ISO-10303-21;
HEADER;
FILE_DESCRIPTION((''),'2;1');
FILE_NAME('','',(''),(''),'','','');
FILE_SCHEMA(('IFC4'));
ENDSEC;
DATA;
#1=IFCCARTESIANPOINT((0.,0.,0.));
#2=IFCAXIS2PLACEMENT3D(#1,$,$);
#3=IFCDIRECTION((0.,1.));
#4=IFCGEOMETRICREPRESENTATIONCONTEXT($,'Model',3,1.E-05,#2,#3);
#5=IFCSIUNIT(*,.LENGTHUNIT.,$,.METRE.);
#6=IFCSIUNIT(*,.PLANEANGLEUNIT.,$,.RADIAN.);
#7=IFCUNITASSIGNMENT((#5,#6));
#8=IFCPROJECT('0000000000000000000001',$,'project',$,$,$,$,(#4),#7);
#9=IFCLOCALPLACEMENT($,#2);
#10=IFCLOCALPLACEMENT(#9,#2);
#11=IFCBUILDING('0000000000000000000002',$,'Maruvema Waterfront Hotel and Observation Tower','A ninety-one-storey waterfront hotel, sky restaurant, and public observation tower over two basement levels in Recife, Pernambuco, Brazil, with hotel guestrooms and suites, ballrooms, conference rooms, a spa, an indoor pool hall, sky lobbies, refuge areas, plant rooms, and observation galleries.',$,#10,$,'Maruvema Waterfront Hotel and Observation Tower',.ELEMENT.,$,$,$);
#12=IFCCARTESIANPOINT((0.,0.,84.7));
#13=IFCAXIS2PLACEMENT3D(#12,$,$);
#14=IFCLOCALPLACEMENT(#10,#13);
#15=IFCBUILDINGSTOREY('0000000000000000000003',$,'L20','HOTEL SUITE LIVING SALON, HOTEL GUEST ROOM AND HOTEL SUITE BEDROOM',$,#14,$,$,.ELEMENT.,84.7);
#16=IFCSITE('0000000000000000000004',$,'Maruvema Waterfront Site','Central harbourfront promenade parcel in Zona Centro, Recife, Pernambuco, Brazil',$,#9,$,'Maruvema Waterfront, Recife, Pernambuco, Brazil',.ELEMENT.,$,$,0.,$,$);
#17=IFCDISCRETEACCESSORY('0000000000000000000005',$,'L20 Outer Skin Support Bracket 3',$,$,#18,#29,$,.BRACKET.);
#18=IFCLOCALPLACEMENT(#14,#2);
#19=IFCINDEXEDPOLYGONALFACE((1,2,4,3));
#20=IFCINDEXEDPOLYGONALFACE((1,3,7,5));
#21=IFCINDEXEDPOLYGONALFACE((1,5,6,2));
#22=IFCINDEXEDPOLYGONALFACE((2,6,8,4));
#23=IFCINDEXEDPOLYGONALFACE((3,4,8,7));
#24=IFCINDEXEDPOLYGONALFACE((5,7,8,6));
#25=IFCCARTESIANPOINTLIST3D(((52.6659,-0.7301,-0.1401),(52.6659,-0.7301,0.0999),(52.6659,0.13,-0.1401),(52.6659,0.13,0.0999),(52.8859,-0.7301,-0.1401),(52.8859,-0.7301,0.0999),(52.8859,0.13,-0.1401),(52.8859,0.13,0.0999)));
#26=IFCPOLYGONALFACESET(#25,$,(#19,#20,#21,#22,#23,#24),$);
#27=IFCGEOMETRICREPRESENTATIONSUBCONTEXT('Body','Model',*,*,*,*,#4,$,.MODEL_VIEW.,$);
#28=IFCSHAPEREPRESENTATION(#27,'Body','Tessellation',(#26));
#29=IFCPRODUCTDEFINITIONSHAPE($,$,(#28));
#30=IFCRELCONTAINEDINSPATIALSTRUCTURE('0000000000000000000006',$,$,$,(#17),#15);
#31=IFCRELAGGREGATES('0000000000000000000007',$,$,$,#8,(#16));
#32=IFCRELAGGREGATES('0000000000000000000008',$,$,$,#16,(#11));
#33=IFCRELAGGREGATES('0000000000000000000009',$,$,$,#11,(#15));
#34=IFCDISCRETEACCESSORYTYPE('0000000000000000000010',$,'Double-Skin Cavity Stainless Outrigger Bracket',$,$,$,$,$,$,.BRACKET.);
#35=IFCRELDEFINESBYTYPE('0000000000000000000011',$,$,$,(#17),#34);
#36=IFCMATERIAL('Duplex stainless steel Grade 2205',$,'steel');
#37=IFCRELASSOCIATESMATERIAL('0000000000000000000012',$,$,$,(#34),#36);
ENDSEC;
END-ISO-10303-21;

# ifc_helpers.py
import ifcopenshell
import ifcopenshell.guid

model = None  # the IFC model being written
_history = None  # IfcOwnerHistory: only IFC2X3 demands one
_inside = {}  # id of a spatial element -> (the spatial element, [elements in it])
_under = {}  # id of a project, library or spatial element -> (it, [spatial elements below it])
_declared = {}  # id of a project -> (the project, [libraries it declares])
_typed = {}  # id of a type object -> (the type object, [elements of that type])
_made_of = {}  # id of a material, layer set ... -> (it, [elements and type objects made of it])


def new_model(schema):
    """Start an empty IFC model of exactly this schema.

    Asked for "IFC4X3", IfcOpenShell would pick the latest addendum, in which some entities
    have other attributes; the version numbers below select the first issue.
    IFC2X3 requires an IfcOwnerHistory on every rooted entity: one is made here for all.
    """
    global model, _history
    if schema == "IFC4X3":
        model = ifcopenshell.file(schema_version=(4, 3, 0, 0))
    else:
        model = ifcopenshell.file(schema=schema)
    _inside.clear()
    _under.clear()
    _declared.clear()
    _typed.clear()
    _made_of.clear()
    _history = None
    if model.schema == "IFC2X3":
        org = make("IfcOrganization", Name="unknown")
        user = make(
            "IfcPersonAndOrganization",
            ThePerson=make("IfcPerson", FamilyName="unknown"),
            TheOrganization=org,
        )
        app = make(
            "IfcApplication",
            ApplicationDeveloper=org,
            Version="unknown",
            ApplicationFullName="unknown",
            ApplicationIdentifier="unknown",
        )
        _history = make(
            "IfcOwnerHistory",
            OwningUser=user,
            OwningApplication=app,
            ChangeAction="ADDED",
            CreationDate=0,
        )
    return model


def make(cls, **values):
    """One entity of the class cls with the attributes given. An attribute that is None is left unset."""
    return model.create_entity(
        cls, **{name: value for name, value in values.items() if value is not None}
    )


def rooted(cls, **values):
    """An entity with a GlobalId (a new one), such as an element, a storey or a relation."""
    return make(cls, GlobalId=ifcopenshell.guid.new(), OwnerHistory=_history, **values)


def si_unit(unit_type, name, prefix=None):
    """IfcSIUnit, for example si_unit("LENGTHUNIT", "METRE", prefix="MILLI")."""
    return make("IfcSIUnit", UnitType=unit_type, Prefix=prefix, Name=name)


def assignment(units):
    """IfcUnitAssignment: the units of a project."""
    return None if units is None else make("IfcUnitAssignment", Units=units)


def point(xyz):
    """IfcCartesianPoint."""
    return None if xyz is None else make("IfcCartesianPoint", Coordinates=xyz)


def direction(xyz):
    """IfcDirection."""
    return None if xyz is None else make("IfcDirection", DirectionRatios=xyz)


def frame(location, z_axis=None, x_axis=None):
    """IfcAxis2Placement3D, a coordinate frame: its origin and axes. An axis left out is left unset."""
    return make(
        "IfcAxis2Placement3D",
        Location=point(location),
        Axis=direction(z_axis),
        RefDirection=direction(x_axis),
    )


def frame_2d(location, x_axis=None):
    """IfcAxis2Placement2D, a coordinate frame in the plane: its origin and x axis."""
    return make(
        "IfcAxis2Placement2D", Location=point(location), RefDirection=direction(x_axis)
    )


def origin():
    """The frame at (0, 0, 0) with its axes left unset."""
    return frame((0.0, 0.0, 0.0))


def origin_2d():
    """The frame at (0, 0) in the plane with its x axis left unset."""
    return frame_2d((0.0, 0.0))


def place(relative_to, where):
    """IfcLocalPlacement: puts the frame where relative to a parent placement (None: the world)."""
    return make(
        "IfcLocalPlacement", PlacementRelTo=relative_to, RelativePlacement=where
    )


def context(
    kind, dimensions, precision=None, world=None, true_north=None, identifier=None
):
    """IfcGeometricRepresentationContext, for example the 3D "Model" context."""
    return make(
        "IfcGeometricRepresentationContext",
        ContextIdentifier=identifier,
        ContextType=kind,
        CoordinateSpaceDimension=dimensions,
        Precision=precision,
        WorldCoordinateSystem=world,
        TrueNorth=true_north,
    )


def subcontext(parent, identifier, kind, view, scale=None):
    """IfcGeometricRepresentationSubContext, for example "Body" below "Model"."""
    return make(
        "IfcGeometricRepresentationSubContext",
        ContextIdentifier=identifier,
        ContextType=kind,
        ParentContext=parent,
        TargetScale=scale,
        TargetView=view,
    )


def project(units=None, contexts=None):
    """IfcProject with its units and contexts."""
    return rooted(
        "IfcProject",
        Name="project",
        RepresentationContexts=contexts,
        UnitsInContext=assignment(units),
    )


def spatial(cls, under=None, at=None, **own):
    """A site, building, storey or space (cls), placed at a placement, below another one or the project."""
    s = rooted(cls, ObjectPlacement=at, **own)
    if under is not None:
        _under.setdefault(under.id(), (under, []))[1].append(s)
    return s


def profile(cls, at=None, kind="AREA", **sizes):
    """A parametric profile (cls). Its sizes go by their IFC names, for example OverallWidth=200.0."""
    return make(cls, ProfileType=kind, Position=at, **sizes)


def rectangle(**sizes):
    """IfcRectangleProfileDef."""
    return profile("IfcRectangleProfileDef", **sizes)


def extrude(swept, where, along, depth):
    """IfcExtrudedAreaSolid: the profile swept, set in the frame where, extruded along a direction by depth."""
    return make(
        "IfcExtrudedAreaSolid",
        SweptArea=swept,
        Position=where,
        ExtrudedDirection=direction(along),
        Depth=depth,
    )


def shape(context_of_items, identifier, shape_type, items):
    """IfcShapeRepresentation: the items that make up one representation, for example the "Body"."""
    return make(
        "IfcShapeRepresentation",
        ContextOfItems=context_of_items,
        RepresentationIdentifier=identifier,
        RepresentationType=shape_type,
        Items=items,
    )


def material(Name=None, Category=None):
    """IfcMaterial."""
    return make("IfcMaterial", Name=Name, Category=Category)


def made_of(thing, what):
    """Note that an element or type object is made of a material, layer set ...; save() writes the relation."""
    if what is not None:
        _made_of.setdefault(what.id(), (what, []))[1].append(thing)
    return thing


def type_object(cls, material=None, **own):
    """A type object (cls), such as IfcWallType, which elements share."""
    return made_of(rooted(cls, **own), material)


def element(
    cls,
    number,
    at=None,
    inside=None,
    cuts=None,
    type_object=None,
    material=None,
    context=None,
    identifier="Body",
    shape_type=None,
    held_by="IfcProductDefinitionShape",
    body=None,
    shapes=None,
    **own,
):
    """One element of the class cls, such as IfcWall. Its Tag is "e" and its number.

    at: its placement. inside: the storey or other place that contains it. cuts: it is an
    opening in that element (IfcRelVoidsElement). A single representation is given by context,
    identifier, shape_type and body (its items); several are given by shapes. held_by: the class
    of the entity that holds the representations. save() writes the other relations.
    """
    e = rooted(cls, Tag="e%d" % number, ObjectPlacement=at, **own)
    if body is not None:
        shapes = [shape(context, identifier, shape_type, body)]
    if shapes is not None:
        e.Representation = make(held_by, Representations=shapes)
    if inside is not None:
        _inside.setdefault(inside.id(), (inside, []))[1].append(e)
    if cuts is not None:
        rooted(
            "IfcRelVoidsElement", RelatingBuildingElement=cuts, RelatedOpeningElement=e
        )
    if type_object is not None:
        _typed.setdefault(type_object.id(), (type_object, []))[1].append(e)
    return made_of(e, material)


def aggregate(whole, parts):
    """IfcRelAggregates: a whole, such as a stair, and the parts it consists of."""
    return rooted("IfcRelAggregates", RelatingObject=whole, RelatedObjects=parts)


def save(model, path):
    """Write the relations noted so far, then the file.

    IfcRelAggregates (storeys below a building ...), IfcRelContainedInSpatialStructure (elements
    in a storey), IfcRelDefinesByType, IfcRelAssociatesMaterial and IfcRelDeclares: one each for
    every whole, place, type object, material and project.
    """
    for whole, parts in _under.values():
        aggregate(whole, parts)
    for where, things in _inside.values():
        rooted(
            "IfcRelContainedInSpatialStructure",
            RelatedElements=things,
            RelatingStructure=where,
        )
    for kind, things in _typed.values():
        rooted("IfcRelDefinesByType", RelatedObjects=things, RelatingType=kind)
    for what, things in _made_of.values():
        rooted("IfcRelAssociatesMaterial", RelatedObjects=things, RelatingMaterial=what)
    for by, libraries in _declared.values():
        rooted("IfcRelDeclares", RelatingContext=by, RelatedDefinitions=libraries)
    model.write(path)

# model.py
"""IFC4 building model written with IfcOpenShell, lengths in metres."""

from ifc_helpers import new_model, si_unit, direction, frame, origin, origin_2d, place, context, subcontext, project, spatial, rectangle, extrude, material, type_object, element, save


model = new_model("IFC4")

# Units and contexts
model_context = context("Model", 3, precision=1e-05, world=origin(), true_north=direction((0.0, 1.0)))
body_context = subcontext(model_context, "Body", "Model", "MODEL_VIEW")
ifc_project = project(units=[si_unit("LENGTHUNIT", "METRE"), si_unit("PLANEANGLEUNIT", "RADIAN")], contexts=[model_context])

# Site, building, storey
site_placement = place(None, origin())
site = spatial("IfcSite", under=ifc_project, at=site_placement, Name="Maruvema Waterfront Site", Description="Central harbourfront promenade parcel in Zona Centro, Recife, Pernambuco, Brazil", LongName="Maruvema Waterfront, Recife, Pernambuco, Brazil", CompositionType="ELEMENT", RefElevation=0.0)
building_placement = place(site_placement, origin())
building = spatial("IfcBuilding", under=site, at=building_placement, Name="Maruvema Waterfront Hotel and Observation Tower", Description="A ninety-one-storey waterfront hotel, sky restaurant, and public observation tower over two basement levels in Recife, Pernambuco, Brazil, with hotel guestrooms and suites, ballrooms, conference rooms, a spa, an indoor pool hall, sky lobbies, refuge areas, plant rooms, and observation galleries.", LongName="Maruvema Waterfront Hotel and Observation Tower", CompositionType="ELEMENT")
storey_placement = place(building_placement, frame((0.0, 0.0, 84.7)))
storey = spatial("IfcBuildingStorey", under=building, at=storey_placement, Name="L20", Description="HOTEL SUITE LIVING SALON, HOTEL GUEST ROOM AND HOTEL SUITE BEDROOM", CompositionType="ELEMENT", Elevation=84.7)

# Discrete accessory
ifc_material_1 = material(Name="Duplex stainless steel Grade 2205", Category="steel")
discrete_accessory_type = type_object("IfcDiscreteAccessoryType", Name="Double-Skin Cavity Stainless Outrigger Bracket", PredefinedType="BRACKET", material=ifc_material_1)
for number, where, z_axis, x_axis, name in (
    (1, (52.7759, -0.3, -0.1401), (0.0, 0.0, 1.0), (1.0, 0.0, 0.0), "L20 Outer Skin Support Bracket 3"),
):
    element("IfcDiscreteAccessory", number, at=place(storey_placement, frame(where, z_axis=z_axis, x_axis=x_axis)), inside=storey, type_object=discrete_accessory_type, Name=name, PredefinedType="BRACKET", context=body_context, shape_type="SweptSolid", body=[
        extrude(rectangle(XDim=0.22, YDim=0.8601, at=origin_2d()), origin(), (0.0, 0.0, 1.0), 0.24),
    ])

save(model, "model.ifc")
